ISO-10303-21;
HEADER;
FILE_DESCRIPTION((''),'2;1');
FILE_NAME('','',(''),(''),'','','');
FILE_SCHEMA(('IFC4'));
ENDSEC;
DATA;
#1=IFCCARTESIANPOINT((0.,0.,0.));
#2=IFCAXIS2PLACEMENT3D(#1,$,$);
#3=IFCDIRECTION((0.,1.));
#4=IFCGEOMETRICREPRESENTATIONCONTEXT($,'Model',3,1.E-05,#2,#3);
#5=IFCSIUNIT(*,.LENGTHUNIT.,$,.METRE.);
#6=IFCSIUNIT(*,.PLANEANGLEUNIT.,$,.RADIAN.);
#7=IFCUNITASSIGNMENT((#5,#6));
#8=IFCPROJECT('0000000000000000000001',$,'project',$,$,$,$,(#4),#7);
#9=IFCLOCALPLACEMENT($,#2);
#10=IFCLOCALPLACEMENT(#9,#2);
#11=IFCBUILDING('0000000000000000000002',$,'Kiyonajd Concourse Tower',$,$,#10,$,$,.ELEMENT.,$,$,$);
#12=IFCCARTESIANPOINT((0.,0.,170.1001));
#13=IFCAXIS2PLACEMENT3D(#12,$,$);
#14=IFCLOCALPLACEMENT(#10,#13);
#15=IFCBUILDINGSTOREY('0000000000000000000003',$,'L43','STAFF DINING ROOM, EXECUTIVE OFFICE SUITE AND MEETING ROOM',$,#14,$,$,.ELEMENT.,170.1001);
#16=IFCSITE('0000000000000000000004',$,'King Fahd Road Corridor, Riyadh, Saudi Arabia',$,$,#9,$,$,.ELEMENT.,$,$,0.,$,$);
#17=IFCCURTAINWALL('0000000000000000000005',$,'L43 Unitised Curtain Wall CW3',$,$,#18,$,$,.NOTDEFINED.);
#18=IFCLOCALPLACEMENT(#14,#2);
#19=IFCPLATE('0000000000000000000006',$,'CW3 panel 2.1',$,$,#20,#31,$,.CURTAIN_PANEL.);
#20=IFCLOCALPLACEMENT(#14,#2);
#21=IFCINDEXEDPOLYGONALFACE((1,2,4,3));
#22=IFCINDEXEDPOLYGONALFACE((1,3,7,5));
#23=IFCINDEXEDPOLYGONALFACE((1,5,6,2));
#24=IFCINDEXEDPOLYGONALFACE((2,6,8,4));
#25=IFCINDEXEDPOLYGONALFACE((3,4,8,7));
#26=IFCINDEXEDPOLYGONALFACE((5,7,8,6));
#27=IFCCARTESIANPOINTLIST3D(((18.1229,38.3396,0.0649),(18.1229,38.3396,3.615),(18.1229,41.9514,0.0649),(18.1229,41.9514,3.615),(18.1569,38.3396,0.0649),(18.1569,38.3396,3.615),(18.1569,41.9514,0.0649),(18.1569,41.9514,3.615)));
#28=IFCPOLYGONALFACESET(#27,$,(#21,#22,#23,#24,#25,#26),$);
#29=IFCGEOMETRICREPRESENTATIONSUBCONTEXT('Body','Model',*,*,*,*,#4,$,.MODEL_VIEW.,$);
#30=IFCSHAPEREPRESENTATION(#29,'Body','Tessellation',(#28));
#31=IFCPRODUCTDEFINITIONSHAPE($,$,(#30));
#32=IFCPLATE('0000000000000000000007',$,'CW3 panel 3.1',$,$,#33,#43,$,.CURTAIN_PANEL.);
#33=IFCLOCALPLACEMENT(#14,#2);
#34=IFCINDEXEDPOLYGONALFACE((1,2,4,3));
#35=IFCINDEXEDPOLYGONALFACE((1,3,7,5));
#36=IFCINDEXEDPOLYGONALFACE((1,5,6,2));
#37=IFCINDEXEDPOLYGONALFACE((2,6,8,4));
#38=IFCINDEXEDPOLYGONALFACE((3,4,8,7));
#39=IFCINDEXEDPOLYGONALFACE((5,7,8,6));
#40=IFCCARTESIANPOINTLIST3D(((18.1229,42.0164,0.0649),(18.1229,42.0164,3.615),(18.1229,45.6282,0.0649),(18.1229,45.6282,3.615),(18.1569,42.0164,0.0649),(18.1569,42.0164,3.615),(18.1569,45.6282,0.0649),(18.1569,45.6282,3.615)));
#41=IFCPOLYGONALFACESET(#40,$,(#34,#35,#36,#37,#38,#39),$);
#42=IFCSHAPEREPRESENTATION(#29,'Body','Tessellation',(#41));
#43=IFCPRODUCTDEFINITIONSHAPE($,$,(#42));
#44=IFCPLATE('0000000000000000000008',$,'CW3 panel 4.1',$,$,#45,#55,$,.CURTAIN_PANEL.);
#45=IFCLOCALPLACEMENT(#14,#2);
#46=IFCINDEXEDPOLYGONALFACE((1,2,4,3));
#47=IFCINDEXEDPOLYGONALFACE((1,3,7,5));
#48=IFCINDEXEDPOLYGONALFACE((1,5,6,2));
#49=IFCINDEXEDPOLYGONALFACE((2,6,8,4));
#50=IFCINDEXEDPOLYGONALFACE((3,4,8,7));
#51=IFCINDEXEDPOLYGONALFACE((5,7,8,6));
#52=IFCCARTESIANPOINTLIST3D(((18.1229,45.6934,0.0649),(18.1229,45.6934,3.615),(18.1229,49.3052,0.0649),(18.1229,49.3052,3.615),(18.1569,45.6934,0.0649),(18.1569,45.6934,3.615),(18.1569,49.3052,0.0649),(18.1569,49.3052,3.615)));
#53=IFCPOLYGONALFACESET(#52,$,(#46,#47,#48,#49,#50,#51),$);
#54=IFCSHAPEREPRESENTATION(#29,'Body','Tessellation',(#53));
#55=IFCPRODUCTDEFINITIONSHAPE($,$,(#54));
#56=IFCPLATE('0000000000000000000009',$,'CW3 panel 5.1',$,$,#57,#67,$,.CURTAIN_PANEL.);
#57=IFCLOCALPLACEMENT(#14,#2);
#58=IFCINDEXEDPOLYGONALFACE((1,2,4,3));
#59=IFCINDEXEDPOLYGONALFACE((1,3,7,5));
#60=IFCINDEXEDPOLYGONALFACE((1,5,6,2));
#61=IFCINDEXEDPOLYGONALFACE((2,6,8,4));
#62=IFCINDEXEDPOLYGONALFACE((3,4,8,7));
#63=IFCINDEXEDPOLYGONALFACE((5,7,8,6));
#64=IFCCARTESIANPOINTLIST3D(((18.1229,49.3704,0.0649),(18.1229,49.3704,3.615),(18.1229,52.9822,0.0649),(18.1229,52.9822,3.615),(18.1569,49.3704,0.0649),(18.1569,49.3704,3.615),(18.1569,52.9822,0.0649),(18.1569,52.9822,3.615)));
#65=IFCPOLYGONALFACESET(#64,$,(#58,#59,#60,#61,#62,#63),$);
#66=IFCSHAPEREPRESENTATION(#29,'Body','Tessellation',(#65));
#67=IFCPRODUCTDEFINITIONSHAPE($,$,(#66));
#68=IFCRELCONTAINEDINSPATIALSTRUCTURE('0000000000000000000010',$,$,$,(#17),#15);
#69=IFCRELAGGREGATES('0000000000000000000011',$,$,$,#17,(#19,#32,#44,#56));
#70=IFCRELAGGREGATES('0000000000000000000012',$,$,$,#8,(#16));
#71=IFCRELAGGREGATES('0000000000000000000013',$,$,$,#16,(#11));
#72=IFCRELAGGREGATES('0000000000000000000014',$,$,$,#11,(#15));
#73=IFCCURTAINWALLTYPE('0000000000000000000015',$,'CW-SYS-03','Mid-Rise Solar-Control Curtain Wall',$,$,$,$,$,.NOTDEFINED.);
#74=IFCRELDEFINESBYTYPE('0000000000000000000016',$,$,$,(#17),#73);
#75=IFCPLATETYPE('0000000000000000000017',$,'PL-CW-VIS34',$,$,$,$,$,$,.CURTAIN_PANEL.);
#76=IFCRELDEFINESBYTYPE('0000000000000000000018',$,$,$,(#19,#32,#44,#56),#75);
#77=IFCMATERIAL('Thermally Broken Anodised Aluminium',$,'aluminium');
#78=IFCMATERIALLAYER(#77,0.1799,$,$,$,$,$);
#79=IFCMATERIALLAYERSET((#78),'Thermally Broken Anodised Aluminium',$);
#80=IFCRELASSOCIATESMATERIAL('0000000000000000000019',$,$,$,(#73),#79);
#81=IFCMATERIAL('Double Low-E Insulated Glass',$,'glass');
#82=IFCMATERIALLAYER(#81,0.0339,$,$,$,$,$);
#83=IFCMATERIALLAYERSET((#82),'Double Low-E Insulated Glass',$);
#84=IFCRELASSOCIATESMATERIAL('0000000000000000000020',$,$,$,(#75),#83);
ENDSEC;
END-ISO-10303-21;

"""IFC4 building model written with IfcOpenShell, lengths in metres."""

from ifc_helpers import new_model, si_unit, direction, frame, origin, origin_2d, place, context, subcontext, project, spatial, rectangle, extrude, material, layer, layer_set, type_object, element, aggregate, save


model = new_model("IFC4")

# Units and contexts
model_context = context("Model", 3, precision=1e-05, world=origin(), true_north=direction((0.0, 1.0)))
body_context = subcontext(model_context, "Body", "Model", "MODEL_VIEW")
ifc_project = project(units=[si_unit("LENGTHUNIT", "METRE"), si_unit("PLANEANGLEUNIT", "RADIAN")], contexts=[model_context])

# Site, building, storey
site_placement = place(None, origin())
site = spatial("IfcSite", under=ifc_project, at=site_placement, Name="King Fahd Road Corridor, Riyadh, Saudi Arabia", CompositionType="ELEMENT", RefElevation=0.0)
building_placement = place(site_placement, origin())
building = spatial("IfcBuilding", under=site, at=building_placement, Name="Kiyonajd Concourse Tower", CompositionType="ELEMENT")
storey_placement = place(building_placement, frame((0.0, 0.0, 170.1001)))
storey = spatial("IfcBuildingStorey", under=building, at=storey_placement, Name="L43", Description="STAFF DINING ROOM, EXECUTIVE OFFICE SUITE AND MEETING ROOM", CompositionType="ELEMENT", Elevation=170.1001)

# Curtain wall, plates
ifc_material_1 = material(Name="Thermally Broken Anodised Aluminium", Category="aluminium")
ifc_layer_1 = layer(ifc_material_1, 0.1799)
ifc_layer_set_1 = layer_set([ifc_layer_1], Name="Thermally Broken Anodised Aluminium")
curtain_wall_type = type_object("IfcCurtainWallType", Name="CW-SYS-03", Description="Mid-Rise Solar-Control Curtain Wall", PredefinedType="NOTDEFINED", material=ifc_layer_set_1)
curtain_wall_placement = place(storey_placement, origin())
curtain_wall = element("IfcCurtainWall", 1, at=curtain_wall_placement, inside=storey, type_object=curtain_wall_type, Name="L43 Unitised Curtain Wall CW3", PredefinedType="NOTDEFINED")
ifc_material_2 = material(Name="Double Low-E Insulated Glass", Category="glass")
ifc_layer_2 = layer(ifc_material_2, 0.0339)
ifc_layer_set_2 = layer_set([ifc_layer_2], Name="Double Low-E Insulated Glass")
plate_type = type_object("IfcPlateType", Name="PL-CW-VIS34", PredefinedType="CURTAIN_PANEL", material=ifc_layer_set_2)
plate_1_placement = place(storey_placement, frame((18.1399, 40.1455, 0.0649), z_axis=(0.0, 0.0, 1.0), x_axis=(0.0, 1.0, 0.0)))
plate_1 = element("IfcPlate", 2, at=plate_1_placement, type_object=plate_type, Name="CW3 panel 2.1", PredefinedType="CURTAIN_PANEL", context=body_context, shape_type="SweptSolid", body=[
    extrude(rectangle(XDim=3.6118, YDim=0.0339, at=origin_2d()), origin(), (0.0, 0.0, 1.0), 3.55),
])
plate_2_placement = place(storey_placement, frame((18.1399, 43.8223, 0.0649), z_axis=(0.0, 0.0, 1.0), x_axis=(0.0, 1.0, 0.0)))
plate_2 = element("IfcPlate", 3, at=plate_2_placement, type_object=plate_type, Name="CW3 panel 3.1", PredefinedType="CURTAIN_PANEL", context=body_context, shape_type="SweptSolid", body=[
    extrude(rectangle(XDim=3.6118, YDim=0.0339, at=origin_2d()), origin(), (0.0, 0.0, 1.0), 3.55),
])
plate_3_placement = place(storey_placement, frame((18.1399, 47.4993, 0.0649), z_axis=(0.0, 0.0, 1.0), x_axis=(0.0, 1.0, 0.0)))
plate_3 = element("IfcPlate", 4, at=plate_3_placement, type_object=plate_type, Name="CW3 panel 4.1", PredefinedType="CURTAIN_PANEL", context=body_context, shape_type="SweptSolid", body=[
    extrude(rectangle(XDim=3.6118, YDim=0.0339, at=origin_2d()), origin(), (0.0, 0.0, 1.0), 3.55),
])
plate_4_placement = place(storey_placement, frame((18.1399, 51.1763, 0.0649), z_axis=(0.0, 0.0, 1.0), x_axis=(0.0, 1.0, 0.0)))
plate_4 = element("IfcPlate", 5, at=plate_4_placement, type_object=plate_type, Name="CW3 panel 5.1", PredefinedType="CURTAIN_PANEL", context=body_context, shape_type="SweptSolid", body=[
    extrude(rectangle(XDim=3.6118, YDim=0.0339, at=origin_2d()), origin(), (0.0, 0.0, 1.0), 3.55),
])
aggregate(curtain_wall, [plate_1, plate_2, plate_3, plate_4])

save(model, "model.ifc")
